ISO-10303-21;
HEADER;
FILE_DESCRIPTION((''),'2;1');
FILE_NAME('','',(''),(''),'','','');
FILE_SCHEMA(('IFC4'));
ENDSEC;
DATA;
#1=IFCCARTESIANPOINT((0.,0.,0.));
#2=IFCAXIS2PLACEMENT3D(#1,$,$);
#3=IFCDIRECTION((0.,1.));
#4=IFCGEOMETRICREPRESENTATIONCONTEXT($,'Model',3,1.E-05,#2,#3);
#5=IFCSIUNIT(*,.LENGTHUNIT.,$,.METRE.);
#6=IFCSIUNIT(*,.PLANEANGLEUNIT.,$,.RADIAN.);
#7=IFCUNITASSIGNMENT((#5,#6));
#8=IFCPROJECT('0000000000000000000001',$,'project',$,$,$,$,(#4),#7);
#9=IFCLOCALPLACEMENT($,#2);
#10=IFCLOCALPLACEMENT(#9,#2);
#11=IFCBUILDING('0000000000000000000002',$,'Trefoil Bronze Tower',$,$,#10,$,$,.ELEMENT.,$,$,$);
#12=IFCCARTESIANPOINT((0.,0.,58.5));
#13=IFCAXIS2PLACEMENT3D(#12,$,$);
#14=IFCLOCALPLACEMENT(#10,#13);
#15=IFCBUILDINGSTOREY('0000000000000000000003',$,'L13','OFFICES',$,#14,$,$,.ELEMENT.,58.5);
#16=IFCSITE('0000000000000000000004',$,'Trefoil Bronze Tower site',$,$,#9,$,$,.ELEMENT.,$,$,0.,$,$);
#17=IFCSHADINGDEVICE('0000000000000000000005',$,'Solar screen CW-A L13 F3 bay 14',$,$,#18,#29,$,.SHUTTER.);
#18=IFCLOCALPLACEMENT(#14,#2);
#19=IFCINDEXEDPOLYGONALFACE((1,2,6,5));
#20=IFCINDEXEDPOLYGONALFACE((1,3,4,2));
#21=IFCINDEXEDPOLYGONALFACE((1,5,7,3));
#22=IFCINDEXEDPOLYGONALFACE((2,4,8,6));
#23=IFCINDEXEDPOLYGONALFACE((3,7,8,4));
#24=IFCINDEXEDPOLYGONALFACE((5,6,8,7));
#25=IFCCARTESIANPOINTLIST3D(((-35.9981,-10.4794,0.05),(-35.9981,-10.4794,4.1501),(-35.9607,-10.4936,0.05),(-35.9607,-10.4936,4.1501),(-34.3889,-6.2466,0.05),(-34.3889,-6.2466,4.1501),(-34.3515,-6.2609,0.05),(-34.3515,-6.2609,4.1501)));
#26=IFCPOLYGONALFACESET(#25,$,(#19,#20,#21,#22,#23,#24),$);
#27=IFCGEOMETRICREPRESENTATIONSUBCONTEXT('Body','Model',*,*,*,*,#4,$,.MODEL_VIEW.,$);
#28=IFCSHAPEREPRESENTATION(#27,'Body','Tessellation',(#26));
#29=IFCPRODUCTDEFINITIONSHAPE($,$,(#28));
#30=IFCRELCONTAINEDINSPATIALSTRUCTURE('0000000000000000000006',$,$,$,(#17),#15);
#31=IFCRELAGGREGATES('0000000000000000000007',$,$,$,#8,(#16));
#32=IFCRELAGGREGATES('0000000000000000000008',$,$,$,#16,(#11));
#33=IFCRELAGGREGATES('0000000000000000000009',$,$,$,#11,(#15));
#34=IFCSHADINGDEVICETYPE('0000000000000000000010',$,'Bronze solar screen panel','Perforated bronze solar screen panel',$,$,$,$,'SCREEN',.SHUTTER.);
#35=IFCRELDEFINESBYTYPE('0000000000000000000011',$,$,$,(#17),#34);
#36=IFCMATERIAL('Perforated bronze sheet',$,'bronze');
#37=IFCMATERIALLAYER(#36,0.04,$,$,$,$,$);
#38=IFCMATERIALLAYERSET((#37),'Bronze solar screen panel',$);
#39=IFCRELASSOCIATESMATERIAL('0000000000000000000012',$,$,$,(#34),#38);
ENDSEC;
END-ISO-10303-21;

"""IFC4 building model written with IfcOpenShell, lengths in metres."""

from ifc_helpers import new_model, si_unit, direction, frame, origin, origin_2d, place, context, subcontext, project, spatial, rectangle, extrude, material, layer, layer_set, type_object, element, save


model = new_model("IFC4")

# Units and contexts
model_context = context("Model", 3, precision=1e-05, world=origin(), true_north=direction((0.0, 1.0)))
body_context = subcontext(model_context, "Body", "Model", "MODEL_VIEW")
ifc_project = project(units=[si_unit("LENGTHUNIT", "METRE"), si_unit("PLANEANGLEUNIT", "RADIAN")], contexts=[model_context])

# Site, building, storey
site_placement = place(None, origin())
site = spatial("IfcSite", under=ifc_project, at=site_placement, Name="Trefoil Bronze Tower site", CompositionType="ELEMENT", RefElevation=0.0)
building_placement = place(site_placement, origin())
building = spatial("IfcBuilding", under=site, at=building_placement, Name="Trefoil Bronze Tower", CompositionType="ELEMENT")
storey_placement = place(building_placement, frame((0.0, 0.0, 58.5)))
storey = spatial("IfcBuildingStorey", under=building, at=storey_placement, Name="L13", Description="OFFICES", CompositionType="ELEMENT", Elevation=58.5)

# Shading device
ifc_material_1 = material(Name="Perforated bronze sheet", Category="bronze")
ifc_layer_1 = layer(ifc_material_1, 0.04)
ifc_layer_set_1 = layer_set([ifc_layer_1], Name="Bronze solar screen panel")
shading_device_type = type_object("IfcShadingDeviceType", Name="Bronze solar screen panel", Description="Perforated bronze solar screen panel", ElementType="SCREEN", PredefinedType="SHUTTER", material=ifc_layer_set_1)
shading_device_1_placement = place(storey_placement, frame((-35.1748, -8.3701, 0.05), z_axis=(0.0, 0.0, 1.0), x_axis=(-0.355371, -0.934725, 0.0)))
element("IfcShadingDevice", 1, at=shading_device_1_placement, inside=storey, type_object=shading_device_type, Name="Solar screen CW-A L13 F3 bay 14", PredefinedType="SHUTTER", context=body_context, shape_type="SweptSolid", body=[
    extrude(rectangle(XDim=4.5283, YDim=0.04, at=origin_2d()), origin(), (0.0, 0.0, 1.0), 4.1001),
])

save(model, "model.ifc")
